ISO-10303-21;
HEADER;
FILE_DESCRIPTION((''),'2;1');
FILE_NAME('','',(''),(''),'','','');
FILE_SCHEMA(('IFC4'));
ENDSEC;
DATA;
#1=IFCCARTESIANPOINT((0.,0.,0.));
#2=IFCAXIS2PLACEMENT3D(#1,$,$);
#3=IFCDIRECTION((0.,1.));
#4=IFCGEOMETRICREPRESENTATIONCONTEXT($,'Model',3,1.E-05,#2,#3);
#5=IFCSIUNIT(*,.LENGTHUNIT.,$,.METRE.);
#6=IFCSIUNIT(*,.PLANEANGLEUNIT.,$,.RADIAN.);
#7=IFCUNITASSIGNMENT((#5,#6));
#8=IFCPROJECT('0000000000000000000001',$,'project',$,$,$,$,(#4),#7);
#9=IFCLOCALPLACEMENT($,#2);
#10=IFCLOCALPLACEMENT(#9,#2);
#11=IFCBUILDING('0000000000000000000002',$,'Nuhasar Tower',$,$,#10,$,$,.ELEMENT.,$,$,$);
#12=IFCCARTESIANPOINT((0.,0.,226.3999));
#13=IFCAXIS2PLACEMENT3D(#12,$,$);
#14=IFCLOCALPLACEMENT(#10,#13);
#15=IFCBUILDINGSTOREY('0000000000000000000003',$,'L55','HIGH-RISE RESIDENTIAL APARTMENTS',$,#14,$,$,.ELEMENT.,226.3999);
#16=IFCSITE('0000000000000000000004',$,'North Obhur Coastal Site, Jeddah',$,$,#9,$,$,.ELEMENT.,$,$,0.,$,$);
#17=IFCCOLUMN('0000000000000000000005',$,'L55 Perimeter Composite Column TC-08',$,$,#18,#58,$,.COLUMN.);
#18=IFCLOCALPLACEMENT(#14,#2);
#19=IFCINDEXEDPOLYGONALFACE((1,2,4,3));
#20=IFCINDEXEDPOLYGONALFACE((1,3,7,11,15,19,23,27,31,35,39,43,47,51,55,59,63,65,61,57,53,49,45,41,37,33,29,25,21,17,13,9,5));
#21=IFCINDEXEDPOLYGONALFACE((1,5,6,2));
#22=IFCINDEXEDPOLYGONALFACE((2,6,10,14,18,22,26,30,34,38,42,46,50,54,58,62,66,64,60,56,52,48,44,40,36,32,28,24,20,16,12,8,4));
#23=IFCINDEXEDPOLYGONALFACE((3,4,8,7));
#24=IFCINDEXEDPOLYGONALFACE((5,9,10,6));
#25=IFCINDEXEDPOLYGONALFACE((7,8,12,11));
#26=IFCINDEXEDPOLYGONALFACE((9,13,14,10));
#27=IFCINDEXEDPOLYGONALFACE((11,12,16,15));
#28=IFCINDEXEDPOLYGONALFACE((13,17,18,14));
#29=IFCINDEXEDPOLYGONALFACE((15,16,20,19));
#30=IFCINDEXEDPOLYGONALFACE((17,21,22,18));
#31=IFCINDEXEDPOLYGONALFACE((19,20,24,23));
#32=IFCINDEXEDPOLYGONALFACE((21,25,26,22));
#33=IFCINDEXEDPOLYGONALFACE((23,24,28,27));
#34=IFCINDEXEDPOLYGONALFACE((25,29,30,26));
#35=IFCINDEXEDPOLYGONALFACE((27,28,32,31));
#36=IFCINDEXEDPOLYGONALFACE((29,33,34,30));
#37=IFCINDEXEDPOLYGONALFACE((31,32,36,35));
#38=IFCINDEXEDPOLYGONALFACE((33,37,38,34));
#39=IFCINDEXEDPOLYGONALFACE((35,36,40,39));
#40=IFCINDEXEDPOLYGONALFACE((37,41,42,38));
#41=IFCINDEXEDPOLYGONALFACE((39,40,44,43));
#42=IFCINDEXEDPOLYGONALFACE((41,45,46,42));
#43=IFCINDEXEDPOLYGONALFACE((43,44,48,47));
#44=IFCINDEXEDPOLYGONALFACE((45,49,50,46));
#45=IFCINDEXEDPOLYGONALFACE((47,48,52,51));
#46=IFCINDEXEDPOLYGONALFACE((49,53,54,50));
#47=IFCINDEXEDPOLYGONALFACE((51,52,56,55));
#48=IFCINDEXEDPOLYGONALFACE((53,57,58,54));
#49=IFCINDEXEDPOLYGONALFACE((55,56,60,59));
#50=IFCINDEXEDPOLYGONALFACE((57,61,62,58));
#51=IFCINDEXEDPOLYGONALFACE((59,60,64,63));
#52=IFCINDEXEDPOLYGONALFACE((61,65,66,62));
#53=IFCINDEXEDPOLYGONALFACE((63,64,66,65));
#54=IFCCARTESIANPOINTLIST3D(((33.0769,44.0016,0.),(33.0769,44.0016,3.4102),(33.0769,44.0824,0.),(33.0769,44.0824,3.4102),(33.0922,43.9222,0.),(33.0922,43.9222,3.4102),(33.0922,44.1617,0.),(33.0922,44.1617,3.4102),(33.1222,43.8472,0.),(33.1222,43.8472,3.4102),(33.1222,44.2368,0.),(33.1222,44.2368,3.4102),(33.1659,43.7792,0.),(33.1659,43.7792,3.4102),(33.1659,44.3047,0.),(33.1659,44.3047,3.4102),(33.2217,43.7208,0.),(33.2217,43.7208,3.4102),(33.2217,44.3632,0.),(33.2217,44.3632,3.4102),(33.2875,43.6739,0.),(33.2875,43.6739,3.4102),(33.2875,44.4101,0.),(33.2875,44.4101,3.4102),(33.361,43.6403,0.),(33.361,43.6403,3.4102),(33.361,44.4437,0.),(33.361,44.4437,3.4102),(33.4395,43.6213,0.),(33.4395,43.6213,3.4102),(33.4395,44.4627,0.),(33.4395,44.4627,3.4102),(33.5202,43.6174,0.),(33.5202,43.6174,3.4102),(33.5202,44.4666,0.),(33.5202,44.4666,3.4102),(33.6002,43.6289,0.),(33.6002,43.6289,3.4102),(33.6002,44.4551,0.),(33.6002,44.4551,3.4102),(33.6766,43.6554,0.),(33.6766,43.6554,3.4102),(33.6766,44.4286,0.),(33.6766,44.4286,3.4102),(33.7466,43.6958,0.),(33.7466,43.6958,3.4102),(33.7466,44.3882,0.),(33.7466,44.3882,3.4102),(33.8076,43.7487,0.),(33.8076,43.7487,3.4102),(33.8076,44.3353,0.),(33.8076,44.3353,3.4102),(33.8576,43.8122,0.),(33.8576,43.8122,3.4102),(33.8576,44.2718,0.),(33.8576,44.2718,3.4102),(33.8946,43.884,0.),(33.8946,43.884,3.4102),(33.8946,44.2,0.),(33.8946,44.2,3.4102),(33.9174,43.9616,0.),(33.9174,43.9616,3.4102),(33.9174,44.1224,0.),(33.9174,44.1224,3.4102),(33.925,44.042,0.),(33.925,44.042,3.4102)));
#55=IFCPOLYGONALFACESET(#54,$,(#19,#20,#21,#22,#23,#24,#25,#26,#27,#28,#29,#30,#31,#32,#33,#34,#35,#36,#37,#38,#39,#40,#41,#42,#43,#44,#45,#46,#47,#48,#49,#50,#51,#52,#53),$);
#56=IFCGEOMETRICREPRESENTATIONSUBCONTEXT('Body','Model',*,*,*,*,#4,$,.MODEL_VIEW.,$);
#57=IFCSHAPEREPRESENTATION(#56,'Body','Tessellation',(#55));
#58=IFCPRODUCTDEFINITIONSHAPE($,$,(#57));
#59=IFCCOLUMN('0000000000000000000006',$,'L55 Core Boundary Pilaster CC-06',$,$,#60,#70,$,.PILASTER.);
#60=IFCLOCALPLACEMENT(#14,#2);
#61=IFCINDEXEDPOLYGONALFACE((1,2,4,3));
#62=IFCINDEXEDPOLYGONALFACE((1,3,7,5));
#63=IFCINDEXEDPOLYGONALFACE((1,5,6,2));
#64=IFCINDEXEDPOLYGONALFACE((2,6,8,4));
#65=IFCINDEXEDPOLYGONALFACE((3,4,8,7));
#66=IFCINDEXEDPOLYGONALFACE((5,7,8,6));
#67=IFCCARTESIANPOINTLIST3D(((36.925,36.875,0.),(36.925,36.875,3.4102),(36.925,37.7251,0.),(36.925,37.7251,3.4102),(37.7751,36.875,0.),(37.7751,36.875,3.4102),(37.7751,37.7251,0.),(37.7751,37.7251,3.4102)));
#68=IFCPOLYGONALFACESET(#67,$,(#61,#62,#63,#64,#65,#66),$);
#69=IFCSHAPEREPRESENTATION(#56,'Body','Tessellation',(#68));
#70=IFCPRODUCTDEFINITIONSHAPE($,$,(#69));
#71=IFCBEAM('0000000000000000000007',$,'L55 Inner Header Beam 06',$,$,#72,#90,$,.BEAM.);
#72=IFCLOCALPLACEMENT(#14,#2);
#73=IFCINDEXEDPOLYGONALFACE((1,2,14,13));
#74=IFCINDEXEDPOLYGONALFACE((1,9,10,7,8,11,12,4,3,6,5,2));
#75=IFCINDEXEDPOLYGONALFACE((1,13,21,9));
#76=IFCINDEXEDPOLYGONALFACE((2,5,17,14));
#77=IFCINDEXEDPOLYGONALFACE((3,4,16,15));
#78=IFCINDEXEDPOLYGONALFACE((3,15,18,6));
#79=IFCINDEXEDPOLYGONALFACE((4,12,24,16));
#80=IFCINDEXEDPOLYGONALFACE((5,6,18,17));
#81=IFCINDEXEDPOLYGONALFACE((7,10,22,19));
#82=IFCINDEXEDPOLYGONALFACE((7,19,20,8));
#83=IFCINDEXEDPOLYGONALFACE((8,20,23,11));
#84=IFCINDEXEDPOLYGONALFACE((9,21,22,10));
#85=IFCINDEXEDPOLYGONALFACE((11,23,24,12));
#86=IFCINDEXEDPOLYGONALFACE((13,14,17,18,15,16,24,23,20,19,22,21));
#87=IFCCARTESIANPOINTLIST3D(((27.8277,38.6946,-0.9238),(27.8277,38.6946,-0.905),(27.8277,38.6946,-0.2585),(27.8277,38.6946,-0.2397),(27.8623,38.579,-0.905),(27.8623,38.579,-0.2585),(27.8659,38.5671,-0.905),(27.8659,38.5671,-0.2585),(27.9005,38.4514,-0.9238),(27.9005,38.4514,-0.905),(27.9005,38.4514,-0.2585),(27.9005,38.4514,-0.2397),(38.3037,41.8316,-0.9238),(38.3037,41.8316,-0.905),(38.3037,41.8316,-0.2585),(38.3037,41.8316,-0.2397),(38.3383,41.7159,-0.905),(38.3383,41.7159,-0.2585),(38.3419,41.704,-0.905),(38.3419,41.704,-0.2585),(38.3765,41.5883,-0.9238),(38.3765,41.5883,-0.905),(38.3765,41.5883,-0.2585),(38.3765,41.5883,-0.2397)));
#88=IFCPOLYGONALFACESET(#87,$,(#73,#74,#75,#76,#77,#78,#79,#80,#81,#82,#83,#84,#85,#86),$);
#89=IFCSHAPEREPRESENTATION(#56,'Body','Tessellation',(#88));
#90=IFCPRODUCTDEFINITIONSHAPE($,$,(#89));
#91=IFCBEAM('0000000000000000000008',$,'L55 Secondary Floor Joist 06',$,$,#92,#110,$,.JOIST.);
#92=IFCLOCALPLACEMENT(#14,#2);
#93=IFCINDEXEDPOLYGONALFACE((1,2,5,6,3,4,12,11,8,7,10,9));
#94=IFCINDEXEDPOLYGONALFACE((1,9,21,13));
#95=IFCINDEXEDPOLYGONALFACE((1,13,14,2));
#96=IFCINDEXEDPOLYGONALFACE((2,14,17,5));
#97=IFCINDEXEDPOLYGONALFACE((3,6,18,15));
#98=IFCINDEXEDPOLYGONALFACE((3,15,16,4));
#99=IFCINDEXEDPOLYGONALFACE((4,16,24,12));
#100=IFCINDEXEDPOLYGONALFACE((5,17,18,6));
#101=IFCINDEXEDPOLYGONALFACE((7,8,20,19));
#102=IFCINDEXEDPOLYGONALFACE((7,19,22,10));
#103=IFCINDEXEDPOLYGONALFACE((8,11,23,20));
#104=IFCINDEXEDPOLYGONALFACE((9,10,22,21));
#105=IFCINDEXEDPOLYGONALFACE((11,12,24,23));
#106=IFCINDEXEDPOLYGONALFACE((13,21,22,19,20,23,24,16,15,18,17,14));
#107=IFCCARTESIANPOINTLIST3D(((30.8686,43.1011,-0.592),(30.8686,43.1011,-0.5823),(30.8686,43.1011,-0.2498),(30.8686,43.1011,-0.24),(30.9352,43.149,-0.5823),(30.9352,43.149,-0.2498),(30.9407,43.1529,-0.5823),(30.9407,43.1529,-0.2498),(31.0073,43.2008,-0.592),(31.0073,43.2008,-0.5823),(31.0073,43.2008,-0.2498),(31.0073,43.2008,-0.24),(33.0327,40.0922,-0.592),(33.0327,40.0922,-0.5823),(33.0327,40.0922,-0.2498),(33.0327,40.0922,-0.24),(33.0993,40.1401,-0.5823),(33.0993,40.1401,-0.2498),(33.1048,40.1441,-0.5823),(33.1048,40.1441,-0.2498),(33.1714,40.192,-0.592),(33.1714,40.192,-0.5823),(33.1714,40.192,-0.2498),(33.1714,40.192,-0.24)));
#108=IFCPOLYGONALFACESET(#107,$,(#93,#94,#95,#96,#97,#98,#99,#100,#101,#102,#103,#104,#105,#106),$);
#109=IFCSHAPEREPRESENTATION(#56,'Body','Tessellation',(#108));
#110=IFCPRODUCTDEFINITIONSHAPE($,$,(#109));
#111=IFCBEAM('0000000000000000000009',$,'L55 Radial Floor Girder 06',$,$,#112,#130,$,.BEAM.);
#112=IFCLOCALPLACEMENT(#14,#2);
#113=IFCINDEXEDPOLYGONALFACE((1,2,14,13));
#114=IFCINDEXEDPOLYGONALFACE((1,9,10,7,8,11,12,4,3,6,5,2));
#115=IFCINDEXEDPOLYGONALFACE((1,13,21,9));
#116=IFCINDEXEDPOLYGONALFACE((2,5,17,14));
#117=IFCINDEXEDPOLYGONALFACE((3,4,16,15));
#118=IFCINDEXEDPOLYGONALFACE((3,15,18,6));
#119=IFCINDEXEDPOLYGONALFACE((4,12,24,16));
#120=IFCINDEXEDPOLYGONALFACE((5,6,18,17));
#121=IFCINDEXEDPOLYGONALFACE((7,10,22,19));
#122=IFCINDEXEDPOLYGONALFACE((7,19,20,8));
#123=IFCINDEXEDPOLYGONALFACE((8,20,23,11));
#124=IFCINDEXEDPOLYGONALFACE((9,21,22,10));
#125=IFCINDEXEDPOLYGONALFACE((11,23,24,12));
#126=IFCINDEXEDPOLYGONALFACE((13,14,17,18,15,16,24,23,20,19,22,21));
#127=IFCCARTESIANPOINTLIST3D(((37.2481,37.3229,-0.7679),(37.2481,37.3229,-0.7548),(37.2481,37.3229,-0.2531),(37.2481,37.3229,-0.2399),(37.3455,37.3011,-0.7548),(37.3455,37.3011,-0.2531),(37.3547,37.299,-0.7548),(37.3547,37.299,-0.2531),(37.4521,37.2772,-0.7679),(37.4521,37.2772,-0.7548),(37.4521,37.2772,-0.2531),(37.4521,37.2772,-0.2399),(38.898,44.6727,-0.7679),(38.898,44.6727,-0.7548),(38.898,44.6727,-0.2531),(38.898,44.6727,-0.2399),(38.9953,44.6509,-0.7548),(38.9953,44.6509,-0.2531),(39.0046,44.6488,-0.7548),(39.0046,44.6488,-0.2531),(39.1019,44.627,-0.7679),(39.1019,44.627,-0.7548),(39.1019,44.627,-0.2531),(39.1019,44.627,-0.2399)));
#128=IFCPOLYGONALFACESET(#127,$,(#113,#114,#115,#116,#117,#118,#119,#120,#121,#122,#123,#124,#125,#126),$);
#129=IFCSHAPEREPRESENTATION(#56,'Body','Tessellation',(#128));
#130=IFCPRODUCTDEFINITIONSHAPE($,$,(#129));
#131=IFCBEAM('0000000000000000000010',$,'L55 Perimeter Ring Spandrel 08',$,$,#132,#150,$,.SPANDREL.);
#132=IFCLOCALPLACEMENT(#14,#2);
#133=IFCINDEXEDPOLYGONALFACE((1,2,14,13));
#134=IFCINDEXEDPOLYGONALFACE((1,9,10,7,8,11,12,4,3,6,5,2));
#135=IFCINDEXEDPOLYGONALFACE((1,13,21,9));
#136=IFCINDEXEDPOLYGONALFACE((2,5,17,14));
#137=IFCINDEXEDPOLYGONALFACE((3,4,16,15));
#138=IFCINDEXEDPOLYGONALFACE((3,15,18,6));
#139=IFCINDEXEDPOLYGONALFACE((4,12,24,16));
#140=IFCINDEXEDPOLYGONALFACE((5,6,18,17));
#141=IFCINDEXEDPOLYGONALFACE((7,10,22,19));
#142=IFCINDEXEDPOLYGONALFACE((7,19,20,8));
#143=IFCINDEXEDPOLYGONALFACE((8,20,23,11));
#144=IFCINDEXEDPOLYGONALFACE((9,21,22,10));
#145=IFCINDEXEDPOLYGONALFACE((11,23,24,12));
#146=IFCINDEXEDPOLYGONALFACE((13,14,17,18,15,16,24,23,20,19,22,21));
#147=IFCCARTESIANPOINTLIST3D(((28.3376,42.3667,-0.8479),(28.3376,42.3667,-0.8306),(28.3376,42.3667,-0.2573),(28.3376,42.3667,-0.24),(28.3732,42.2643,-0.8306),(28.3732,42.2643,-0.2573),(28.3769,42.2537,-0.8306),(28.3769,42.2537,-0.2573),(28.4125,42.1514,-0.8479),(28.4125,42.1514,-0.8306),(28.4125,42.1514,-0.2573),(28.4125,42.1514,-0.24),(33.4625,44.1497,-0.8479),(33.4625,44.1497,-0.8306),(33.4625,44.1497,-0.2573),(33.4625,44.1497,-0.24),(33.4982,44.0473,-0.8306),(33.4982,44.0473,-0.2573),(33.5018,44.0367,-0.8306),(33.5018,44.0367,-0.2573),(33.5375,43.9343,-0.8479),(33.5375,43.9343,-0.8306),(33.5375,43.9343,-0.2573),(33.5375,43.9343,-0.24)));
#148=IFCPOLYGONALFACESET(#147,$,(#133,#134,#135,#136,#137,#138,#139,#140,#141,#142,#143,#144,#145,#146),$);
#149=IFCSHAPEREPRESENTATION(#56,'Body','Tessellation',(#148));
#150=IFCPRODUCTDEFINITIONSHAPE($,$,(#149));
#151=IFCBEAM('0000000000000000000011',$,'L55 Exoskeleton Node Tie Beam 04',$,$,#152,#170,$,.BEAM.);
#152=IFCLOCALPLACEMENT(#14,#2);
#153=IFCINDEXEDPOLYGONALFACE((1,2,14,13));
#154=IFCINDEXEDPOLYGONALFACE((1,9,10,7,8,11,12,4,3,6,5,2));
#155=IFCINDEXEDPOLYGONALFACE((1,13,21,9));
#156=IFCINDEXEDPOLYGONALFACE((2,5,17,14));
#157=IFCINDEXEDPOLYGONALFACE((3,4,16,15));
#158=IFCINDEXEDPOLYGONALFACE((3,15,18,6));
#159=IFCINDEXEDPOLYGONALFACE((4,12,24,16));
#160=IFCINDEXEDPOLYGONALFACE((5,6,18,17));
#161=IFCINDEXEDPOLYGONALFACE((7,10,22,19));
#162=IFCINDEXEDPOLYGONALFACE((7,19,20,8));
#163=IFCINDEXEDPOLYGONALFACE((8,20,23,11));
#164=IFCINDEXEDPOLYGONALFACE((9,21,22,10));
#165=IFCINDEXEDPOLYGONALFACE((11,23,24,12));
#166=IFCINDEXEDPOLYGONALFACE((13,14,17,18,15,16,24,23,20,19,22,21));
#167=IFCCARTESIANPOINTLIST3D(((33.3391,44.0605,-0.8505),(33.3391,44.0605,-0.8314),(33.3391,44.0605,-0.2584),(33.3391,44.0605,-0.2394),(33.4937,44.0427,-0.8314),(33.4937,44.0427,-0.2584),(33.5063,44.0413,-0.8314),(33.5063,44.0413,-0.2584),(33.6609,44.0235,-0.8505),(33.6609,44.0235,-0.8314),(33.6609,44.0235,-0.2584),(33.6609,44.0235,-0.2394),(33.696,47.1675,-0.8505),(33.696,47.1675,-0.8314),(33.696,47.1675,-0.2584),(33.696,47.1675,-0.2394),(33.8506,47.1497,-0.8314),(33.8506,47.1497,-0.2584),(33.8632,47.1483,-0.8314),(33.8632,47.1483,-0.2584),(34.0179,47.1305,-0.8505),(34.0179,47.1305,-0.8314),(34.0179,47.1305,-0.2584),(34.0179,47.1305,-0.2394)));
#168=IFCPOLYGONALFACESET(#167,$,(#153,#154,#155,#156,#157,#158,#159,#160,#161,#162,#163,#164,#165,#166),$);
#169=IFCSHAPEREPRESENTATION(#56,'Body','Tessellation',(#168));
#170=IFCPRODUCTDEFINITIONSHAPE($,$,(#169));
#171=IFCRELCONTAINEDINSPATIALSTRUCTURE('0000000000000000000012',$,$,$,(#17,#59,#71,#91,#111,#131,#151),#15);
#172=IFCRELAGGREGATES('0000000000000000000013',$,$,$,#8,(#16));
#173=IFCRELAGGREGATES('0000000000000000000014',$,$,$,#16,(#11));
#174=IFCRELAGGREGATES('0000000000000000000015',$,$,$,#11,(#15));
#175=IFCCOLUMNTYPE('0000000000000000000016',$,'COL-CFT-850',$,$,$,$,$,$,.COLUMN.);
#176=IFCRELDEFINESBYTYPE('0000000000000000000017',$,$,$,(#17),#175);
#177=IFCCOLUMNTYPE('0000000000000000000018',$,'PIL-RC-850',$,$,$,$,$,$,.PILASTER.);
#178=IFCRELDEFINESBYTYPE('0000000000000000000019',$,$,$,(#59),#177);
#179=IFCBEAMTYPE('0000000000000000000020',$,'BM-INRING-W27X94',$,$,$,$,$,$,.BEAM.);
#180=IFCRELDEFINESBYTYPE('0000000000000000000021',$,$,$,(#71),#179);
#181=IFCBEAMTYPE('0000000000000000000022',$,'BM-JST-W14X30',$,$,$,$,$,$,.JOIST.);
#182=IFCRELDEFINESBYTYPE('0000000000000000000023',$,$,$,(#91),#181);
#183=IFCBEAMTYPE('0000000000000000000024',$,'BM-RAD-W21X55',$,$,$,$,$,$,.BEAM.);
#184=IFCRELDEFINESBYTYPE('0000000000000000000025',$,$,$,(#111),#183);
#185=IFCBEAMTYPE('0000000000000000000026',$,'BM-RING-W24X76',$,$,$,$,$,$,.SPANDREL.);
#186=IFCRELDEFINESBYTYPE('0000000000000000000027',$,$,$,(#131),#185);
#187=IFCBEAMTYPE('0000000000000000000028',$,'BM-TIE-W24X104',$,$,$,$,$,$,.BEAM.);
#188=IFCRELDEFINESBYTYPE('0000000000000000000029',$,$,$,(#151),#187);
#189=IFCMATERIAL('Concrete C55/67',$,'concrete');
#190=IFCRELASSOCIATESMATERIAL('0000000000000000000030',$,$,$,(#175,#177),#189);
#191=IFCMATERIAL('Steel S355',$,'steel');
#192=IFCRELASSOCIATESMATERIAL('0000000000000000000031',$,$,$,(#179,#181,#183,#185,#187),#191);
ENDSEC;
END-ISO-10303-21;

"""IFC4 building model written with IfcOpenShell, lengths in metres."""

from ifc_helpers import new_model, si_unit, direction, frame, origin, origin_2d, place, context, subcontext, project, spatial, rectangle, circle, i_section, extrude, material, material_profile, profile_set, type_object, element, save


model = new_model("IFC4")

# Units and contexts
model_context = context("Model", 3, precision=1e-05, world=origin(), true_north=direction((0.0, 1.0)))
body_context = subcontext(model_context, "Body", "Model", "MODEL_VIEW")
ifc_project = project(units=[si_unit("LENGTHUNIT", "METRE"), si_unit("PLANEANGLEUNIT", "RADIAN")], contexts=[model_context])

# Site, building, storey
site_placement = place(None, origin())
site = spatial("IfcSite", under=ifc_project, at=site_placement, Name="North Obhur Coastal Site, Jeddah", CompositionType="ELEMENT", RefElevation=0.0)
building_placement = place(site_placement, origin())
building = spatial("IfcBuilding", under=site, at=building_placement, Name="Nuhasar Tower", CompositionType="ELEMENT")
storey_placement = place(building_placement, frame((0.0, 0.0, 226.3999)))
storey = spatial("IfcBuildingStorey", under=building, at=storey_placement, Name="L55", Description="HIGH-RISE RESIDENTIAL APARTMENTS", CompositionType="ELEMENT", Elevation=226.3999)

# Columns
ifc_material_1 = material(Name="Concrete C55/67", Category="concrete")
ifc_material_profile_1 = material_profile(ifc_material_1, circle(Radius=0.425, at=origin_2d()), Name="CFT850")
ifc_profile_set_1 = profile_set([ifc_material_profile_1], Name="Concrete C55/67")
column_type_1 = type_object("IfcColumnType", Name="COL-CFT-850", PredefinedType="COLUMN", material=ifc_profile_set_1)
column_1_placement = place(storey_placement, frame((33.5, 44.042, 0.0), z_axis=(0.0, 0.0, 1.0), x_axis=(1.0, 0.0, 0.0)))
element("IfcColumn", 1, at=column_1_placement, inside=storey, type_object=column_type_1, Name="L55 Perimeter Composite Column TC-08", PredefinedType="COLUMN", context=body_context, shape_type="SweptSolid", body=[
    extrude(circle(Radius=0.425, at=origin_2d()), origin(), (0.0, 0.0, 1.0), 3.4102),
])
ifc_material_profile_2 = material_profile(ifc_material_1, rectangle(XDim=0.8501, YDim=0.8501, at=origin_2d()), Name="RC850X850")
ifc_profile_set_2 = profile_set([ifc_material_profile_2], Name="Concrete C55/67")
column_type_2 = type_object("IfcColumnType", Name="PIL-RC-850", PredefinedType="PILASTER", material=ifc_profile_set_2)
column_2_placement = place(storey_placement, frame((37.3501, 37.3, 0.0), z_axis=(0.0, 0.0, 1.0), x_axis=(1.0, 0.0, 0.0)))
element("IfcColumn", 2, at=column_2_placement, inside=storey, type_object=column_type_2, Name="L55 Core Boundary Pilaster CC-06", PredefinedType="PILASTER", context=body_context, shape_type="SweptSolid", body=[
    extrude(rectangle(XDim=0.8501, YDim=0.8501, at=origin_2d()), origin(), (0.0, 0.0, 1.0), 3.4102),
])

# Beams
ifc_material_2 = material(Name="Steel S355", Category="steel")
ifc_material_profile_3 = material_profile(ifc_material_2, i_section(OverallWidth=0.2539, OverallDepth=0.6841, WebThickness=0.0125, FlangeThickness=0.0188, at=origin_2d()), Name="W27X94")
ifc_profile_set_3 = profile_set([ifc_material_profile_3], Name="Steel S355")
beam_type_1 = type_object("IfcBeamType", Name="BM-INRING-W27X94", PredefinedType="BEAM", material=ifc_profile_set_3)
beam_1_placement = place(storey_placement, frame((38.3401, 41.71, -0.5818), z_axis=(-0.957974, -0.286856, 0.0), x_axis=(0.286856, -0.957974, 0.0)))
element("IfcBeam", 3, at=beam_1_placement, inside=storey, type_object=beam_type_1, Name="L55 Inner Header Beam 06", PredefinedType="BEAM", context=body_context, shape_type="SweptSolid", body=[
    extrude(i_section(OverallWidth=0.2539, OverallDepth=0.6841, WebThickness=0.0125, FlangeThickness=0.0188, at=origin_2d()), origin(), (0.0, 0.0, 1.0), 10.9355),
])
ifc_material_profile_4 = material_profile(ifc_material_2, i_section(OverallWidth=0.1709, OverallDepth=0.3521, WebThickness=0.0068, FlangeThickness=0.0098, at=origin_2d()), Name="W14X30")
ifc_profile_set_4 = profile_set([ifc_material_profile_4], Name="Steel S355")
beam_type_2 = type_object("IfcBeamType", Name="BM-JST-W14X30", PredefinedType="JOIST", material=ifc_profile_set_4)
beam_2_placement = place(storey_placement, frame((33.1021, 40.1421, -0.416), z_axis=(-0.583902, 0.811824, 0.0), x_axis=(-0.811824, -0.583902, 0.0)))
element("IfcBeam", 4, at=beam_2_placement, inside=storey, type_object=beam_type_2, Name="L55 Secondary Floor Joist 06", PredefinedType="JOIST", context=body_context, shape_type="SweptSolid", body=[
    extrude(i_section(OverallWidth=0.1709, OverallDepth=0.3521, WebThickness=0.0068, FlangeThickness=0.0098, at=origin_2d()), origin(), (0.0, 0.0, 1.0), 3.7063),
])
ifc_material_profile_5 = material_profile(ifc_material_2, i_section(OverallWidth=0.209, OverallDepth=0.5281, WebThickness=0.0095, FlangeThickness=0.0132, at=origin_2d()), Name="W21X55")
ifc_profile_set_5 = profile_set([ifc_material_profile_5], Name="Steel S355")
beam_type_3 = type_object("IfcBeamType", Name="BM-RAD-W21X55", PredefinedType="BEAM", material=ifc_profile_set_5)
beam_3_placement = place(storey_placement, frame((37.3501, 37.3, -0.5039), z_axis=(0.21903, 0.975718, 0.0), x_axis=(-0.975718, 0.21903, 0.0)))
element("IfcBeam", 5, at=beam_3_placement, inside=storey, type_object=beam_type_3, Name="L55 Radial Floor Girder 06", PredefinedType="BEAM", context=body_context, shape_type="SweptSolid", body=[
    extrude(i_section(OverallWidth=0.209, OverallDepth=0.5281, WebThickness=0.0095, FlangeThickness=0.0132, at=origin_2d()), origin(), (0.0, 0.0, 1.0), 7.5327),
])
ifc_material_profile_6 = material_profile(ifc_material_2, i_section(OverallWidth=0.228, OverallDepth=0.6079, WebThickness=0.0112, FlangeThickness=0.0173, at=origin_2d()), Name="W24X76")
ifc_profile_set_6 = profile_set([ifc_material_profile_6], Name="Steel S355")
beam_type_4 = type_object("IfcBeamType", Name="BM-RING-W24X76", PredefinedType="SPANDREL", material=ifc_profile_set_6)
beam_4_placement = place(storey_placement, frame((33.5, 44.042, -0.5439), z_axis=(-0.944477, -0.328578, 0.0), x_axis=(0.328578, -0.944477, 0.0)))
element("IfcBeam", 6, at=beam_4_placement, inside=storey, type_object=beam_type_4, Name="L55 Perimeter Ring Spandrel 08", PredefinedType="SPANDREL", context=body_context, shape_type="SweptSolid", body=[
    extrude(i_section(OverallWidth=0.228, OverallDepth=0.6079, WebThickness=0.0112, FlangeThickness=0.0173, at=origin_2d()), origin(), (0.0, 0.0, 1.0), 5.4263),
])
ifc_material_profile_7 = material_profile(ifc_material_2, i_section(OverallWidth=0.324, OverallDepth=0.6111, WebThickness=0.0127, FlangeThickness=0.019, at=origin_2d()), Name="W24X104")
ifc_profile_set_7 = profile_set([ifc_material_profile_7], Name="Steel S355")
beam_type_5 = type_object("IfcBeamType", Name="BM-TIE-W24X104", PredefinedType="BEAM", material=ifc_profile_set_7)
beam_5_placement = place(storey_placement, frame((33.5, 44.042, -0.5449), z_axis=(0.114132, 0.993466, 0.0), x_axis=(-0.993466, 0.114132, 0.0)))
element("IfcBeam", 7, at=beam_5_placement, inside=storey, type_object=beam_type_5, Name="L55 Exoskeleton Node Tie Beam 04", PredefinedType="BEAM", context=body_context, shape_type="SweptSolid", body=[
    extrude(i_section(OverallWidth=0.324, OverallDepth=0.6111, WebThickness=0.0127, FlangeThickness=0.019, at=origin_2d()), origin(), (0.0, 0.0, 1.0), 3.1274),
])

save(model, "model.ifc")
